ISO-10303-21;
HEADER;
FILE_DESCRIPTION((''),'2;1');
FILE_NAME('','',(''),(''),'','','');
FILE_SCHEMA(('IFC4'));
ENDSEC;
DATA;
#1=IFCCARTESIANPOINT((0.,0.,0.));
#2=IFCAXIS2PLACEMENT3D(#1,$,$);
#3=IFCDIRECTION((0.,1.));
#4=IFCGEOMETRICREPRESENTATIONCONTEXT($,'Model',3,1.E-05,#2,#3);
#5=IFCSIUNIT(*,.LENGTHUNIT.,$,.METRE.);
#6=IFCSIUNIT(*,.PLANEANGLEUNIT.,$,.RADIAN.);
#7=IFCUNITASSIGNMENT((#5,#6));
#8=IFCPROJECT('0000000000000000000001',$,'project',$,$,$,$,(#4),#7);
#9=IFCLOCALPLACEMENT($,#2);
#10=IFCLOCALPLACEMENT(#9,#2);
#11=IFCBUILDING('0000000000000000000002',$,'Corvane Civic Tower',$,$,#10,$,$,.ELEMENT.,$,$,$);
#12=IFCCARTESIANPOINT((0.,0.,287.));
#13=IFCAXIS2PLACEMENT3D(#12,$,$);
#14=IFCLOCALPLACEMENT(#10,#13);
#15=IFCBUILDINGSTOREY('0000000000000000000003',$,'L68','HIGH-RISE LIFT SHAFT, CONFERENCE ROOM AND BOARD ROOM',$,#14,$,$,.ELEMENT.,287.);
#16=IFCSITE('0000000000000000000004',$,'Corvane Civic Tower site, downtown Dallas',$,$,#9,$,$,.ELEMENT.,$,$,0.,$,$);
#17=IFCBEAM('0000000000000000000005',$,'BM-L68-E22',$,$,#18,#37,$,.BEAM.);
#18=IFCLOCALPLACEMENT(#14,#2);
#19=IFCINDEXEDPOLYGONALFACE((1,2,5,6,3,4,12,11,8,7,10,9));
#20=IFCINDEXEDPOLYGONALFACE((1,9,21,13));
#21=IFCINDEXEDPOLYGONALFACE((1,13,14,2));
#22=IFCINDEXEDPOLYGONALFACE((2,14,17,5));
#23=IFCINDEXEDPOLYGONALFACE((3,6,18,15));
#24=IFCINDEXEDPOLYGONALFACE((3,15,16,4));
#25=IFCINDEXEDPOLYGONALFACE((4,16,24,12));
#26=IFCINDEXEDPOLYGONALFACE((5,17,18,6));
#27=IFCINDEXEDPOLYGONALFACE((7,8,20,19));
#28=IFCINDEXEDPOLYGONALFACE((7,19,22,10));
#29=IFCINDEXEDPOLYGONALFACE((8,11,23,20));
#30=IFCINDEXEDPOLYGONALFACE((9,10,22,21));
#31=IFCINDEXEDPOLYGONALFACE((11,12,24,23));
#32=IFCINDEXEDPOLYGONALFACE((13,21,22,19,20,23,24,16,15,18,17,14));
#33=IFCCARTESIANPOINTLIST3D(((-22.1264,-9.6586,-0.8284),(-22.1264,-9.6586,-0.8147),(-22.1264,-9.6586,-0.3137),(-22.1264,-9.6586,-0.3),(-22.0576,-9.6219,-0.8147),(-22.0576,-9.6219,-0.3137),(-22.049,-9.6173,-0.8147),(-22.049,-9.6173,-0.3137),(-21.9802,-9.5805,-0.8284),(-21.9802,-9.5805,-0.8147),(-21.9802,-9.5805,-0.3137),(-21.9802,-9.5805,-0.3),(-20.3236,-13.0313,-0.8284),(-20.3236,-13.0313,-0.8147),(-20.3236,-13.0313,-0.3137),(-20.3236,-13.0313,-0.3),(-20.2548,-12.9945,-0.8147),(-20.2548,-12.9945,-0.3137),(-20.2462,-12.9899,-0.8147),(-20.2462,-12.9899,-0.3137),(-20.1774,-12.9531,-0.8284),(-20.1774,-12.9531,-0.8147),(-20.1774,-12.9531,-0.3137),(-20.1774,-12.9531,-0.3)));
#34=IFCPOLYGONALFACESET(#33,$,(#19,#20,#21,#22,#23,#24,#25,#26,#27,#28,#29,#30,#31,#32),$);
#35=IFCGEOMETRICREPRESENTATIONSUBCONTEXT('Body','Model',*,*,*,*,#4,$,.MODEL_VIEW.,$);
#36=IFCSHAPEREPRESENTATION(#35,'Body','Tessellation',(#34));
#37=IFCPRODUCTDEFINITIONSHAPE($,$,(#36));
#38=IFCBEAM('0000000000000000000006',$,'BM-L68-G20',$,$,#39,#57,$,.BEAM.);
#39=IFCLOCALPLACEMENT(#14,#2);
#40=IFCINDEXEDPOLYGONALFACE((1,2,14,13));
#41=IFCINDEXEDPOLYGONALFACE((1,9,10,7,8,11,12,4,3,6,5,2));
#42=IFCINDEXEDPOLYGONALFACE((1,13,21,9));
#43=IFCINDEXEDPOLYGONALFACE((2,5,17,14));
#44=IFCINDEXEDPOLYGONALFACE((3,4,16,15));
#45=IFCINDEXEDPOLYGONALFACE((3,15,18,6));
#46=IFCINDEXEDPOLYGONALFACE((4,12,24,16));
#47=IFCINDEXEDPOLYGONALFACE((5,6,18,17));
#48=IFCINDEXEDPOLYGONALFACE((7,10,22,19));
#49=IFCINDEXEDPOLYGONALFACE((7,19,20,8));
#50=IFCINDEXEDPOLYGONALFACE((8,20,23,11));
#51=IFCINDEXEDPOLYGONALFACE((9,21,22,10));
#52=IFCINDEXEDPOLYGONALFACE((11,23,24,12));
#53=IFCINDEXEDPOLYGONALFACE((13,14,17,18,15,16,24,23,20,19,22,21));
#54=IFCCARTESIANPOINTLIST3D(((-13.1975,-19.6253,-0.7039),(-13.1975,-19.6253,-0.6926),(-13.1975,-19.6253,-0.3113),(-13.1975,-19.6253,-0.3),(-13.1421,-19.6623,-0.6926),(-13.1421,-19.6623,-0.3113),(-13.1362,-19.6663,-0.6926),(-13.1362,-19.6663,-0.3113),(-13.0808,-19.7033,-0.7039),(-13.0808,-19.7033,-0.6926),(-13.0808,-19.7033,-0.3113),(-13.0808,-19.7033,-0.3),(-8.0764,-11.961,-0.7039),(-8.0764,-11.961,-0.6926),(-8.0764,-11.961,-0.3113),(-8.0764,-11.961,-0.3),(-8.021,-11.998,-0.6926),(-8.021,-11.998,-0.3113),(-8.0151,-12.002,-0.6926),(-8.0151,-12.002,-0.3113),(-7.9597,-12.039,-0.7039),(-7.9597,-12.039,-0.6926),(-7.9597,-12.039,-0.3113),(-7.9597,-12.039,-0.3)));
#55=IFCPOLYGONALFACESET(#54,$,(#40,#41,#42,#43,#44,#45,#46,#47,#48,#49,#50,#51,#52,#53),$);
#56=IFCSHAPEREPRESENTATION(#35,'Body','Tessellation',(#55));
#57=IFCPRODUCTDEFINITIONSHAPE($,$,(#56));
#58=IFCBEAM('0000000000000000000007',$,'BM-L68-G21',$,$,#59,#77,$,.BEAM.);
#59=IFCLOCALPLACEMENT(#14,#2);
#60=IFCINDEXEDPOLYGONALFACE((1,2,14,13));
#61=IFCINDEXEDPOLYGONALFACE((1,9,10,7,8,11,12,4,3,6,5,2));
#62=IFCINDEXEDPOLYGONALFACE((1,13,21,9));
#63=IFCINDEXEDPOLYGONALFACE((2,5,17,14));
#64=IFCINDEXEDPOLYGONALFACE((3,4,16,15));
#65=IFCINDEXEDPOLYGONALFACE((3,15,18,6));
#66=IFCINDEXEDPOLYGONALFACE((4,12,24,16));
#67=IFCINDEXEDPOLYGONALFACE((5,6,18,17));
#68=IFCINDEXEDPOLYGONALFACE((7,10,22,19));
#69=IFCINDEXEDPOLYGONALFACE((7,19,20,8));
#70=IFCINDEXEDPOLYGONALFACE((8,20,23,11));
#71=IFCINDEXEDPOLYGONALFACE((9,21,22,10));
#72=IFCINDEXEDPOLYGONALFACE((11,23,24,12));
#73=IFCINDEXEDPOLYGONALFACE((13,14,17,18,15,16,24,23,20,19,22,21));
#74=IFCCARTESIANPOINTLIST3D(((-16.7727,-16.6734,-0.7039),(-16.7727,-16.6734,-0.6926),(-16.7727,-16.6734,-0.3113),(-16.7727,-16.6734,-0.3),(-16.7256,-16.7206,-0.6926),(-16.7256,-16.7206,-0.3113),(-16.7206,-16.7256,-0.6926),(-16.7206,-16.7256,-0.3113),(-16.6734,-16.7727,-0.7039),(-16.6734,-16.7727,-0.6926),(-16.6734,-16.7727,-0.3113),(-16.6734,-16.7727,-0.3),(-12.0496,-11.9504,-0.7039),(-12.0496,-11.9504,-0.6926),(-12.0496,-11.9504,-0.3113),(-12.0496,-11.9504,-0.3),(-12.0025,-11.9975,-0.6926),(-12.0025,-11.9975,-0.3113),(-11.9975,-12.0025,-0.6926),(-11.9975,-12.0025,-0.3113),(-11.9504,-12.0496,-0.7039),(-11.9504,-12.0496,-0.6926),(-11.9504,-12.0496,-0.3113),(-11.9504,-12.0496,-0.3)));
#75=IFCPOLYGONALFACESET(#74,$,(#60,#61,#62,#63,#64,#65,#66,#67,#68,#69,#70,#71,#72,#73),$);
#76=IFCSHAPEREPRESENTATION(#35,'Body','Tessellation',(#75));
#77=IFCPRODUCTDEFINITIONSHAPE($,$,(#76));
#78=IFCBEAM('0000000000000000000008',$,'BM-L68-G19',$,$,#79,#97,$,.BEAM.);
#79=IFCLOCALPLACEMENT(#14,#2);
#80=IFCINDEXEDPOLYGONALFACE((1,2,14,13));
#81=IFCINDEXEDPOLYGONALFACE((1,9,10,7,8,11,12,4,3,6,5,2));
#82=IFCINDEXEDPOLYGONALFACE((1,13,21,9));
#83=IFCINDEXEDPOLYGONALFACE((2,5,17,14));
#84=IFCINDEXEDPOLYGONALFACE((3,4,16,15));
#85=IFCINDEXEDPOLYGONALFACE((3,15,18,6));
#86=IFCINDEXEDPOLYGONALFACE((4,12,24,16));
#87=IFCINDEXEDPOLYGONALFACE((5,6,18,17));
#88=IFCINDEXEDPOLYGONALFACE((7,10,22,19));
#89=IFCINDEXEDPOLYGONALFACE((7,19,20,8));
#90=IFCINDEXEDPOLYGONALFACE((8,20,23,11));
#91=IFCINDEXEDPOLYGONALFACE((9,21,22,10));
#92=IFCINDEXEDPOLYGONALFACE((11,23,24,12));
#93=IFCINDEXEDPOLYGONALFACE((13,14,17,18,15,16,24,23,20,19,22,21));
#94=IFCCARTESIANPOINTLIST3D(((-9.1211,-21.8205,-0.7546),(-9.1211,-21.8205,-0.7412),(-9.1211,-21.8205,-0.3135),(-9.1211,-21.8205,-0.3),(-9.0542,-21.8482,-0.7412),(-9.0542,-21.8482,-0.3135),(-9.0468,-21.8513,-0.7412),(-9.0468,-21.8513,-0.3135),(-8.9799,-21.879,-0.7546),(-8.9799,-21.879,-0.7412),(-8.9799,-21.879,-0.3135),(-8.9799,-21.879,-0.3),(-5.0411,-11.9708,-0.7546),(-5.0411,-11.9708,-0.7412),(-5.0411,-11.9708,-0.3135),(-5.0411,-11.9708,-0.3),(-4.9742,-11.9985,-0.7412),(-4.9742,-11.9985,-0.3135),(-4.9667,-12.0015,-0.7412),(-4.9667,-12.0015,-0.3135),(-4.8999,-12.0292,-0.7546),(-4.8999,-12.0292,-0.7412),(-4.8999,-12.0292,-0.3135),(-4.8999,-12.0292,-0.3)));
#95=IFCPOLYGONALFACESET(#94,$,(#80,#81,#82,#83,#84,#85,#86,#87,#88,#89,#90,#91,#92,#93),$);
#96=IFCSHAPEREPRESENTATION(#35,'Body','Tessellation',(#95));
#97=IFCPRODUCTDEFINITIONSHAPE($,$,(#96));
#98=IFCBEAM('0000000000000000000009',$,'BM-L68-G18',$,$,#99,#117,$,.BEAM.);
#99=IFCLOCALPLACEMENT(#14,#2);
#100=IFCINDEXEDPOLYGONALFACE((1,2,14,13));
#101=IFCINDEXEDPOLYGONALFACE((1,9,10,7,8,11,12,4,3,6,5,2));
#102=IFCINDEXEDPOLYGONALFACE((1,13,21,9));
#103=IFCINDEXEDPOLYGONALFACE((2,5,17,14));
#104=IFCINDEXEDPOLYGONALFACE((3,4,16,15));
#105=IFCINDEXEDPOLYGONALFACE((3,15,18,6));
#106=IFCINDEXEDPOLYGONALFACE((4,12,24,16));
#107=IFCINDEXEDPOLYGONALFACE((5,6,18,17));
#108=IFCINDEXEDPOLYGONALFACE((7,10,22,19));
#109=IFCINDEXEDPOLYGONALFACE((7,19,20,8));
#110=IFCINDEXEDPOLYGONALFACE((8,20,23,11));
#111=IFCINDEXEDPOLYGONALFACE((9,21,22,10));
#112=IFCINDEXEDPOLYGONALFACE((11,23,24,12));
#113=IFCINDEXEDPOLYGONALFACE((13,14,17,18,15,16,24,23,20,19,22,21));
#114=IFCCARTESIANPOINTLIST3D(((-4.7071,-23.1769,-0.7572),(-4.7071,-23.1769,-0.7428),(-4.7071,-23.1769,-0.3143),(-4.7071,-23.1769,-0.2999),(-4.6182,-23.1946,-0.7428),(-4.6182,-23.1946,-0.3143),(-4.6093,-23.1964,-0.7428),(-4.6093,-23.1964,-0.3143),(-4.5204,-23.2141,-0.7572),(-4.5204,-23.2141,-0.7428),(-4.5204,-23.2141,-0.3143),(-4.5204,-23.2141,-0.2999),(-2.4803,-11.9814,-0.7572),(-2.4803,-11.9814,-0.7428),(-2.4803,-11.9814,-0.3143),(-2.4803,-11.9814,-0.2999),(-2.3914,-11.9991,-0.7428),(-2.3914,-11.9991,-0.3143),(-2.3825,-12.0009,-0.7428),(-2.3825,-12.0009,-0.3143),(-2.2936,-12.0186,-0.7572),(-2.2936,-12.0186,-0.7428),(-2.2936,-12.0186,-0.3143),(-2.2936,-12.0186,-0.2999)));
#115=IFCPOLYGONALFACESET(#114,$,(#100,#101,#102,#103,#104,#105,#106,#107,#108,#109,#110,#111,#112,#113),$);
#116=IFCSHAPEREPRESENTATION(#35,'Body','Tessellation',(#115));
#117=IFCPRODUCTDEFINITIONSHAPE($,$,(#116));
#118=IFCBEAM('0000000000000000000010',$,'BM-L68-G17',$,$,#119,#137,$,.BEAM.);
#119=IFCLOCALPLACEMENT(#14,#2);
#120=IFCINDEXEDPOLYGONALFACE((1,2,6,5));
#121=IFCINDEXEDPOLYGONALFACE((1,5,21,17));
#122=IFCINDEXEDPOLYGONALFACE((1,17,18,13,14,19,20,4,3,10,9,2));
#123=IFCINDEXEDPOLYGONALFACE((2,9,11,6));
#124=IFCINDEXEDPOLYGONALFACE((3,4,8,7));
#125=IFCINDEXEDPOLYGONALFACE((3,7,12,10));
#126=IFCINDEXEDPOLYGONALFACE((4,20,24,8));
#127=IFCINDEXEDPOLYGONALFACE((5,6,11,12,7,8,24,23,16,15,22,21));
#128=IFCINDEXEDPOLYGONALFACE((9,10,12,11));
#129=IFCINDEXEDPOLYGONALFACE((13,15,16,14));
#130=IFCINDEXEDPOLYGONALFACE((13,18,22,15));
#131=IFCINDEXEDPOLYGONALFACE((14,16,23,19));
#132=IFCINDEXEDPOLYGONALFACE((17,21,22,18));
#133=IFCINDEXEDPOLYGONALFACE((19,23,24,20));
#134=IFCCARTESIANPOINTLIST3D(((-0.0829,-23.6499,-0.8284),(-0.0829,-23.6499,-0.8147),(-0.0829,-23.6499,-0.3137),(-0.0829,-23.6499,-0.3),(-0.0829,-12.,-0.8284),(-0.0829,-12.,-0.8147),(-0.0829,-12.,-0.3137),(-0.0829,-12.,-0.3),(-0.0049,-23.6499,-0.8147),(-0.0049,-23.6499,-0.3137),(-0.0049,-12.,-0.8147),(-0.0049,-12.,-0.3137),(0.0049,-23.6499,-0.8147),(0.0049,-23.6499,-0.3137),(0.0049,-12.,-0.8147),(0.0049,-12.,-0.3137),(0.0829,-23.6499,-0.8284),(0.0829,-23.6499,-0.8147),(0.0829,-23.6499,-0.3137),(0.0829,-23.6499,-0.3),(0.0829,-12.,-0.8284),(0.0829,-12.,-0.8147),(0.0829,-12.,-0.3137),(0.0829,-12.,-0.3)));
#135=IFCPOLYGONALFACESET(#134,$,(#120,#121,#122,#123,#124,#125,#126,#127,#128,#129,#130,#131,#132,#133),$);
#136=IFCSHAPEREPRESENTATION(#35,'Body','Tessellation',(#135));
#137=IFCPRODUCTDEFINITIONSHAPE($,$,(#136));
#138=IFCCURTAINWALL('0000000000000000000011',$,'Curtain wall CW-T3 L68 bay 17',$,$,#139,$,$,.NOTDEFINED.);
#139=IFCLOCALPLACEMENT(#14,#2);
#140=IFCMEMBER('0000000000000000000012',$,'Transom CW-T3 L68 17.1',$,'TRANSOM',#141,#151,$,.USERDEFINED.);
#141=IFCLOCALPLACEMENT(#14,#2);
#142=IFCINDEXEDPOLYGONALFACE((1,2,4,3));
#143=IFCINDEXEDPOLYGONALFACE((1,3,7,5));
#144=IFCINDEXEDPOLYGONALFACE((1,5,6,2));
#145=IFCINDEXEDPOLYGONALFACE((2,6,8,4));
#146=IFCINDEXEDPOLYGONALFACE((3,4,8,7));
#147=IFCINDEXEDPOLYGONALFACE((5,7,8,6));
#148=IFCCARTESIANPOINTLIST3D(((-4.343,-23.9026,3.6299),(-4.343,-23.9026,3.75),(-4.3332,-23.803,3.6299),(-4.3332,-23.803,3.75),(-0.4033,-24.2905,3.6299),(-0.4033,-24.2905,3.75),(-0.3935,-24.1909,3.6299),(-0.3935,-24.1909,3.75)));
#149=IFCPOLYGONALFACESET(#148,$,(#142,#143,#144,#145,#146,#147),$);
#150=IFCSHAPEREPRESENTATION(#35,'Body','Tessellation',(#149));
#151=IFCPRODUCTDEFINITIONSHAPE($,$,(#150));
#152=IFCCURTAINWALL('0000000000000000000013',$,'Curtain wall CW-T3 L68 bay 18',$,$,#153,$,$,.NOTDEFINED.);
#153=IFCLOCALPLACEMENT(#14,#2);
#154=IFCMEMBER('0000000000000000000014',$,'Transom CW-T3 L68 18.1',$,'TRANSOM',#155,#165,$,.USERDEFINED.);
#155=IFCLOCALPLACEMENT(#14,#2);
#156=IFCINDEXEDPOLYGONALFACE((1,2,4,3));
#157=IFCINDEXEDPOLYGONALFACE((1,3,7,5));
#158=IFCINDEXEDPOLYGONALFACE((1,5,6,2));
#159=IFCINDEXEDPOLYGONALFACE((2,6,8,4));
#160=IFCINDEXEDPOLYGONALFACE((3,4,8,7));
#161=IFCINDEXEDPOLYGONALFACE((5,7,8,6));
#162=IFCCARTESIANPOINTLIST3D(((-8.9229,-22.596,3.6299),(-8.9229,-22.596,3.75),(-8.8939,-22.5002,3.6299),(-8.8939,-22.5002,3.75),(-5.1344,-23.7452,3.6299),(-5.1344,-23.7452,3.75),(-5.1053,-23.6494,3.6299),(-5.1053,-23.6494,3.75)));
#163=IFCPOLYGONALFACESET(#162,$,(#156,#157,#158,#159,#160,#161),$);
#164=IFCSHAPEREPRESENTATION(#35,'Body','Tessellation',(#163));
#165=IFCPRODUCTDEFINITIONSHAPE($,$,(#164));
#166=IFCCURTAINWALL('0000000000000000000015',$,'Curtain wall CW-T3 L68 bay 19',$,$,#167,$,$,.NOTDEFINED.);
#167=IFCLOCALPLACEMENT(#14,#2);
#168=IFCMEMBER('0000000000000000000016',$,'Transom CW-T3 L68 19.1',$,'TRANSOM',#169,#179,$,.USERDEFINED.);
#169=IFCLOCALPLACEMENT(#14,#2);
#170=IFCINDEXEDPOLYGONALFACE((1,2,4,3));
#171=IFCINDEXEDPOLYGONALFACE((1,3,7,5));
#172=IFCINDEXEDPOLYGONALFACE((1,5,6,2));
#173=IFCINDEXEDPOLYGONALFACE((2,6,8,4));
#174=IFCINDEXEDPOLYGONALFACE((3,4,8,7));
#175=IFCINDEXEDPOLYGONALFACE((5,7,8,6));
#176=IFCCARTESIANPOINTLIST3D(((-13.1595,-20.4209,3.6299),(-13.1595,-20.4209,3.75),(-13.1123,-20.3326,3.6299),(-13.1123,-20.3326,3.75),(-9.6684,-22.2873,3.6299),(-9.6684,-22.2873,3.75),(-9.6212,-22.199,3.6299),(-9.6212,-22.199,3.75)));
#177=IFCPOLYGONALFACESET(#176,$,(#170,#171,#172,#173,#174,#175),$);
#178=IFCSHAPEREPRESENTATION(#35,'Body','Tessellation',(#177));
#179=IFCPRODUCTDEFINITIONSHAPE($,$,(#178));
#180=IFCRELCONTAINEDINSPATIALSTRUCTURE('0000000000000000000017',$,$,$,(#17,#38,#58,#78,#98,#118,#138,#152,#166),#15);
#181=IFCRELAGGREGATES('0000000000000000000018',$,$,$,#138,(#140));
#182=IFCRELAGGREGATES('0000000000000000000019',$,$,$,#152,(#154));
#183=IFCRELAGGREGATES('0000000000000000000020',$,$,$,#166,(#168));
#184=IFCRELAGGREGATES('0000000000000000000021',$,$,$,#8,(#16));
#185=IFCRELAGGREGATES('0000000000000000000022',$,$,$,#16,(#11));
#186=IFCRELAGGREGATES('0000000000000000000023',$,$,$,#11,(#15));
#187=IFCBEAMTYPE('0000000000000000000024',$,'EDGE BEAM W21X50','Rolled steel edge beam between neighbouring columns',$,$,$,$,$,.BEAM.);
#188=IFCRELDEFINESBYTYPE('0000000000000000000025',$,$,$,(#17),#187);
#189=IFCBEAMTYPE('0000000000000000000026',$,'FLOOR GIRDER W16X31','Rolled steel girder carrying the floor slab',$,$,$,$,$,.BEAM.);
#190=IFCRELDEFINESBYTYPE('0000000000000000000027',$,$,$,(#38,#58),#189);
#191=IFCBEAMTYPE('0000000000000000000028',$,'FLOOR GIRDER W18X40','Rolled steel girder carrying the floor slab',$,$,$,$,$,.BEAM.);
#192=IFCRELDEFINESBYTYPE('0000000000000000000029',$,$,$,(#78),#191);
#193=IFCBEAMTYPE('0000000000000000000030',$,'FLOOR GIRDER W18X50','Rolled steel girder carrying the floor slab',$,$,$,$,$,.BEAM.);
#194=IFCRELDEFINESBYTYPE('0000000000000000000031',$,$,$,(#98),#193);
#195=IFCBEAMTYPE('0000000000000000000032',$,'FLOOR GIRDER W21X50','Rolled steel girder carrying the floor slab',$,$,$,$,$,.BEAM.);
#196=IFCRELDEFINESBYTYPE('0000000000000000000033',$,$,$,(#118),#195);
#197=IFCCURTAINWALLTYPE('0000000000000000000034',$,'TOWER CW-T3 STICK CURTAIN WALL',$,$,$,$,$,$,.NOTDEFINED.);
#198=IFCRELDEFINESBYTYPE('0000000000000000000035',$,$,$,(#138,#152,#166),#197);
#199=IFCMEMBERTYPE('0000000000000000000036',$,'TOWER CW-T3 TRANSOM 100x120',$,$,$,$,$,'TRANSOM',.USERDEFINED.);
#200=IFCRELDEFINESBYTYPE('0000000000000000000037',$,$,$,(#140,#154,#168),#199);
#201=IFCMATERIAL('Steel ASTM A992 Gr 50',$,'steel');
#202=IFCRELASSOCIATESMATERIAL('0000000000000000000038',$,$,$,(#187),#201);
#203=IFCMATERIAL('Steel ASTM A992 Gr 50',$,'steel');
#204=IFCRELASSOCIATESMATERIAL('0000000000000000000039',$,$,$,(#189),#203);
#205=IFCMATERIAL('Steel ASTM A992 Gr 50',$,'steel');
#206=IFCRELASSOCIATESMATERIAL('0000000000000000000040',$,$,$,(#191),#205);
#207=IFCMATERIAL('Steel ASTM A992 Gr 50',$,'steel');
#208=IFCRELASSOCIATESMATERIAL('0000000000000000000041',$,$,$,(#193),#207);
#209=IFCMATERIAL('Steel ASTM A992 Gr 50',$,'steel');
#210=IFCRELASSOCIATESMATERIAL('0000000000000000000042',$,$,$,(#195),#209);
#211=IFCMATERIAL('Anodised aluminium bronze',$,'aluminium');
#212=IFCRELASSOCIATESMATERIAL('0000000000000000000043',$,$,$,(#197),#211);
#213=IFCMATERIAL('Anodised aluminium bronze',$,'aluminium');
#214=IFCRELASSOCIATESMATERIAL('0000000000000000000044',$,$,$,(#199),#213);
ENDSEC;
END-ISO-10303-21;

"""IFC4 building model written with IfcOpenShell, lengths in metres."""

from ifc_helpers import new_model, si_unit, direction, frame, origin, origin_2d, place, context, subcontext, project, spatial, rectangle, i_section, extrude, material, material_profile, profile_set, type_object, element, aggregate, save


model = new_model("IFC4")

# Units and contexts
model_context = context("Model", 3, precision=1e-05, world=origin(), true_north=direction((0.0, 1.0)))
body_context = subcontext(model_context, "Body", "Model", "MODEL_VIEW")
ifc_project = project(units=[si_unit("LENGTHUNIT", "METRE"), si_unit("PLANEANGLEUNIT", "RADIAN")], contexts=[model_context])

# Site, building, storey
site_placement = place(None, origin())
site = spatial("IfcSite", under=ifc_project, at=site_placement, Name="Corvane Civic Tower site, downtown Dallas", CompositionType="ELEMENT", RefElevation=0.0)
building_placement = place(site_placement, origin())
building = spatial("IfcBuilding", under=site, at=building_placement, Name="Corvane Civic Tower", CompositionType="ELEMENT")
storey_placement = place(building_placement, frame((0.0, 0.0, 287.0)))
storey = spatial("IfcBuildingStorey", under=building, at=storey_placement, Name="L68", Description="HIGH-RISE LIFT SHAFT, CONFERENCE ROOM AND BOARD ROOM", CompositionType="ELEMENT", Elevation=287.0)

# Beams
ifc_material_1 = material(Name="Steel ASTM A992 Gr 50", Category="steel")
ifc_material_profile_1 = material_profile(ifc_material_1, i_section(OverallWidth=0.1658, OverallDepth=0.5283, WebThickness=0.0098, FlangeThickness=0.0137, at=origin_2d()), Name="W21X50")
ifc_profile_set_1 = profile_set([ifc_material_profile_1], Name="Steel ASTM A992 Gr 50")
beam_type_1 = type_object("IfcBeamType", Name="EDGE BEAM W21X50", Description="Rolled steel edge beam between neighbouring columns", PredefinedType="BEAM", material=ifc_profile_set_1)
beam_1_placement = place(storey_placement, frame((-20.2505, -12.9922, -0.5642), z_axis=(-0.47141, 0.881914, 0.0), x_axis=(-0.881914, -0.47141, 0.0)))
element("IfcBeam", 1, at=beam_1_placement, inside=storey, type_object=beam_type_1, Name="BM-L68-E22", PredefinedType="BEAM", context=body_context, shape_type="SweptSolid", body=[
    extrude(i_section(OverallWidth=0.1658, OverallDepth=0.5283, WebThickness=0.0098, FlangeThickness=0.0137, at=origin_2d()), origin(), (0.0, 0.0, 1.0), 3.8242),
])
ifc_material_2 = material(Name="Steel ASTM A992 Gr 50", Category="steel")
ifc_material_profile_2 = material_profile(ifc_material_2, i_section(OverallWidth=0.1404, OverallDepth=0.4038, WebThickness=0.0071, FlangeThickness=0.0112, at=origin_2d()), Name="W16X31")
ifc_profile_set_2 = profile_set([ifc_material_profile_2], Name="Steel ASTM A992 Gr 50")
beam_type_2 = type_object("IfcBeamType", Name="FLOOR GIRDER W16X31", Description="Rolled steel girder carrying the floor slab", PredefinedType="BEAM", material=ifc_profile_set_2)
beam_2_placement = place(storey_placement, frame((-8.0181, -12.0, -0.502), z_axis=(-0.555568, -0.831471, 0.0), x_axis=(0.831471, -0.555568, 0.0)))
element("IfcBeam", 2, at=beam_2_placement, inside=storey, type_object=beam_type_2, Name="BM-L68-G20", PredefinedType="BEAM", context=body_context, shape_type="SweptSolid", body=[
    extrude(i_section(OverallWidth=0.1404, OverallDepth=0.4038, WebThickness=0.0071, FlangeThickness=0.0112, at=origin_2d()), origin(), (0.0, 0.0, 1.0), 9.2178),
])
beam_3_placement = place(storey_placement, frame((-12.0, -12.0, -0.502), z_axis=(-0.707107, -0.707107, 0.0), x_axis=(0.707107, -0.707107, 0.0)))
element("IfcBeam", 3, at=beam_3_placement, inside=storey, type_object=beam_type_2, Name="BM-L68-G21", PredefinedType="BEAM", context=body_context, shape_type="SweptSolid", body=[
    extrude(i_section(OverallWidth=0.1404, OverallDepth=0.4038, WebThickness=0.0071, FlangeThickness=0.0112, at=origin_2d()), origin(), (0.0, 0.0, 1.0), 6.6794),
])
ifc_material_3 = material(Name="Steel ASTM A992 Gr 50", Category="steel")
ifc_material_profile_3 = material_profile(ifc_material_3, i_section(OverallWidth=0.1528, OverallDepth=0.4546, WebThickness=0.0081, FlangeThickness=0.0134, at=origin_2d()), Name="W18X40")
ifc_profile_set_3 = profile_set([ifc_material_profile_3], Name="Steel ASTM A992 Gr 50")
beam_type_3 = type_object("IfcBeamType", Name="FLOOR GIRDER W18X40", Description="Rolled steel girder carrying the floor slab", PredefinedType="BEAM", material=ifc_profile_set_3)
beam_4_placement = place(storey_placement, frame((-4.9705, -12.0, -0.5273), z_axis=(-0.382694, -0.923875, 0.0), x_axis=(0.923875, -0.382694, 0.0)))
element("IfcBeam", 4, at=beam_4_placement, inside=storey, type_object=beam_type_3, Name="BM-L68-G19", PredefinedType="BEAM", context=body_context, shape_type="SweptSolid", body=[
    extrude(i_section(OverallWidth=0.1528, OverallDepth=0.4546, WebThickness=0.0081, FlangeThickness=0.0134, at=origin_2d()), origin(), (0.0, 0.0, 1.0), 10.6614),
])
ifc_material_4 = material(Name="Steel ASTM A992 Gr 50", Category="steel")
ifc_material_profile_4 = material_profile(ifc_material_4, i_section(OverallWidth=0.1904, OverallDepth=0.4573, WebThickness=0.009, FlangeThickness=0.0144, at=origin_2d()), Name="W18X50")
ifc_profile_set_4 = profile_set([ifc_material_profile_4], Name="Steel ASTM A992 Gr 50")
beam_type_4 = type_object("IfcBeamType", Name="FLOOR GIRDER W18X50", Description="Rolled steel girder carrying the floor slab", PredefinedType="BEAM", material=ifc_profile_set_4)
beam_5_placement = place(storey_placement, frame((-2.387, -12.0, -0.5286), z_axis=(-0.19508, -0.980787, 0.0), x_axis=(0.980787, -0.19508, 0.0)))
element("IfcBeam", 5, at=beam_5_placement, inside=storey, type_object=beam_type_4, Name="BM-L68-G18", PredefinedType="BEAM", context=body_context, shape_type="SweptSolid", body=[
    extrude(i_section(OverallWidth=0.1904, OverallDepth=0.4573, WebThickness=0.009, FlangeThickness=0.0144, at=origin_2d()), origin(), (0.0, 0.0, 1.0), 11.4148),
])
ifc_material_5 = material(Name="Steel ASTM A992 Gr 50", Category="steel")
ifc_material_profile_5 = material_profile(ifc_material_5, i_section(OverallWidth=0.1658, OverallDepth=0.5283, WebThickness=0.0098, FlangeThickness=0.0137, at=origin_2d()), Name="W21X50")
ifc_profile_set_5 = profile_set([ifc_material_profile_5], Name="Steel ASTM A992 Gr 50")
beam_type_5 = type_object("IfcBeamType", Name="FLOOR GIRDER W21X50", Description="Rolled steel girder carrying the floor slab", PredefinedType="BEAM", material=ifc_profile_set_5)
beam_6_placement = place(storey_placement, frame((0.0, -12.0, -0.5642), z_axis=(0.0, -1.0, 0.0), x_axis=(1.0, 0.0, 0.0)))
element("IfcBeam", 6, at=beam_6_placement, inside=storey, type_object=beam_type_5, Name="BM-L68-G17", PredefinedType="BEAM", context=body_context, shape_type="SweptSolid", body=[
    extrude(i_section(OverallWidth=0.1658, OverallDepth=0.5283, WebThickness=0.0098, FlangeThickness=0.0137, at=origin_2d()), origin(), (0.0, 0.0, 1.0), 11.6499),
])

# Curtain walls, members
ifc_material_6 = material(Name="Anodised aluminium bronze", Category="aluminium")
curtain_wall_type = type_object("IfcCurtainWallType", Name="TOWER CW-T3 STICK CURTAIN WALL", PredefinedType="NOTDEFINED", material=ifc_material_6)
curtain_wall_1_placement = place(storey_placement, origin())
curtain_wall_1 = element("IfcCurtainWall", 7, at=curtain_wall_1_placement, inside=storey, type_object=curtain_wall_type, Name="Curtain wall CW-T3 L68 bay 17", PredefinedType="NOTDEFINED")
ifc_material_7 = material(Name="Anodised aluminium bronze", Category="aluminium")
ifc_material_profile_6 = material_profile(ifc_material_7, rectangle(XDim=0.1001, YDim=0.1201, at=origin_2d()), Name="TOWER CW-T3 TRANSOM 100x120")
ifc_profile_set_6 = profile_set([ifc_material_profile_6], Name="Anodised aluminium bronze")
member_type = type_object("IfcMemberType", Name="TOWER CW-T3 TRANSOM 100x120", ElementType="TRANSOM", PredefinedType="USERDEFINED", material=ifc_profile_set_6)
member_1_placement = place(storey_placement, frame((-0.3984, -24.2407, 3.6899), z_axis=(-0.995187, 0.097995, 0.0), x_axis=(-0.097995, -0.995187, 0.0)))
member_1 = element("IfcMember", 8, at=member_1_placement, type_object=member_type, Name="Transom CW-T3 L68 17.1", ObjectType="TRANSOM", PredefinedType="USERDEFINED", context=body_context, shape_type="SweptSolid", body=[
    extrude(rectangle(XDim=0.1001, YDim=0.1201, at=origin_2d()), origin(), (0.0, 0.0, 1.0), 3.9587),
])
curtain_wall_2_placement = place(storey_placement, origin())
curtain_wall_2 = element("IfcCurtainWall", 9, at=curtain_wall_2_placement, inside=storey, type_object=curtain_wall_type, Name="Curtain wall CW-T3 L68 bay 18", PredefinedType="NOTDEFINED")
member_2_placement = place(storey_placement, frame((-5.1199, -23.6973, 3.6899), z_axis=(-0.956946, 0.290266, 0.0), x_axis=(-0.290266, -0.956946, 0.0)))
member_2 = element("IfcMember", 10, at=member_2_placement, type_object=member_type, Name="Transom CW-T3 L68 18.1", ObjectType="TRANSOM", PredefinedType="USERDEFINED", context=body_context, shape_type="SweptSolid", body=[
    extrude(rectangle(XDim=0.1001, YDim=0.1201, at=origin_2d()), origin(), (0.0, 0.0, 1.0), 3.959),
])
curtain_wall_3_placement = place(storey_placement, origin())
curtain_wall_3 = element("IfcCurtainWall", 11, at=curtain_wall_3_placement, inside=storey, type_object=curtain_wall_type, Name="Curtain wall CW-T3 L68 bay 19", PredefinedType="NOTDEFINED")
member_3_placement = place(storey_placement, frame((-9.6448, -22.2432, 3.6899), z_axis=(-0.881883, 0.471468, 0.0), x_axis=(-0.471468, -0.881883, 0.0)))
member_3 = element("IfcMember", 12, at=member_3_placement, type_object=member_type, Name="Transom CW-T3 L68 19.1", ObjectType="TRANSOM", PredefinedType="USERDEFINED", context=body_context, shape_type="SweptSolid", body=[
    extrude(rectangle(XDim=0.1001, YDim=0.1201, at=origin_2d()), origin(), (0.0, 0.0, 1.0), 3.9587),
])

aggregate(curtain_wall_1, [member_1])
aggregate(curtain_wall_2, [member_2])
aggregate(curtain_wall_3, [member_3])

save(model, "model.ifc")
